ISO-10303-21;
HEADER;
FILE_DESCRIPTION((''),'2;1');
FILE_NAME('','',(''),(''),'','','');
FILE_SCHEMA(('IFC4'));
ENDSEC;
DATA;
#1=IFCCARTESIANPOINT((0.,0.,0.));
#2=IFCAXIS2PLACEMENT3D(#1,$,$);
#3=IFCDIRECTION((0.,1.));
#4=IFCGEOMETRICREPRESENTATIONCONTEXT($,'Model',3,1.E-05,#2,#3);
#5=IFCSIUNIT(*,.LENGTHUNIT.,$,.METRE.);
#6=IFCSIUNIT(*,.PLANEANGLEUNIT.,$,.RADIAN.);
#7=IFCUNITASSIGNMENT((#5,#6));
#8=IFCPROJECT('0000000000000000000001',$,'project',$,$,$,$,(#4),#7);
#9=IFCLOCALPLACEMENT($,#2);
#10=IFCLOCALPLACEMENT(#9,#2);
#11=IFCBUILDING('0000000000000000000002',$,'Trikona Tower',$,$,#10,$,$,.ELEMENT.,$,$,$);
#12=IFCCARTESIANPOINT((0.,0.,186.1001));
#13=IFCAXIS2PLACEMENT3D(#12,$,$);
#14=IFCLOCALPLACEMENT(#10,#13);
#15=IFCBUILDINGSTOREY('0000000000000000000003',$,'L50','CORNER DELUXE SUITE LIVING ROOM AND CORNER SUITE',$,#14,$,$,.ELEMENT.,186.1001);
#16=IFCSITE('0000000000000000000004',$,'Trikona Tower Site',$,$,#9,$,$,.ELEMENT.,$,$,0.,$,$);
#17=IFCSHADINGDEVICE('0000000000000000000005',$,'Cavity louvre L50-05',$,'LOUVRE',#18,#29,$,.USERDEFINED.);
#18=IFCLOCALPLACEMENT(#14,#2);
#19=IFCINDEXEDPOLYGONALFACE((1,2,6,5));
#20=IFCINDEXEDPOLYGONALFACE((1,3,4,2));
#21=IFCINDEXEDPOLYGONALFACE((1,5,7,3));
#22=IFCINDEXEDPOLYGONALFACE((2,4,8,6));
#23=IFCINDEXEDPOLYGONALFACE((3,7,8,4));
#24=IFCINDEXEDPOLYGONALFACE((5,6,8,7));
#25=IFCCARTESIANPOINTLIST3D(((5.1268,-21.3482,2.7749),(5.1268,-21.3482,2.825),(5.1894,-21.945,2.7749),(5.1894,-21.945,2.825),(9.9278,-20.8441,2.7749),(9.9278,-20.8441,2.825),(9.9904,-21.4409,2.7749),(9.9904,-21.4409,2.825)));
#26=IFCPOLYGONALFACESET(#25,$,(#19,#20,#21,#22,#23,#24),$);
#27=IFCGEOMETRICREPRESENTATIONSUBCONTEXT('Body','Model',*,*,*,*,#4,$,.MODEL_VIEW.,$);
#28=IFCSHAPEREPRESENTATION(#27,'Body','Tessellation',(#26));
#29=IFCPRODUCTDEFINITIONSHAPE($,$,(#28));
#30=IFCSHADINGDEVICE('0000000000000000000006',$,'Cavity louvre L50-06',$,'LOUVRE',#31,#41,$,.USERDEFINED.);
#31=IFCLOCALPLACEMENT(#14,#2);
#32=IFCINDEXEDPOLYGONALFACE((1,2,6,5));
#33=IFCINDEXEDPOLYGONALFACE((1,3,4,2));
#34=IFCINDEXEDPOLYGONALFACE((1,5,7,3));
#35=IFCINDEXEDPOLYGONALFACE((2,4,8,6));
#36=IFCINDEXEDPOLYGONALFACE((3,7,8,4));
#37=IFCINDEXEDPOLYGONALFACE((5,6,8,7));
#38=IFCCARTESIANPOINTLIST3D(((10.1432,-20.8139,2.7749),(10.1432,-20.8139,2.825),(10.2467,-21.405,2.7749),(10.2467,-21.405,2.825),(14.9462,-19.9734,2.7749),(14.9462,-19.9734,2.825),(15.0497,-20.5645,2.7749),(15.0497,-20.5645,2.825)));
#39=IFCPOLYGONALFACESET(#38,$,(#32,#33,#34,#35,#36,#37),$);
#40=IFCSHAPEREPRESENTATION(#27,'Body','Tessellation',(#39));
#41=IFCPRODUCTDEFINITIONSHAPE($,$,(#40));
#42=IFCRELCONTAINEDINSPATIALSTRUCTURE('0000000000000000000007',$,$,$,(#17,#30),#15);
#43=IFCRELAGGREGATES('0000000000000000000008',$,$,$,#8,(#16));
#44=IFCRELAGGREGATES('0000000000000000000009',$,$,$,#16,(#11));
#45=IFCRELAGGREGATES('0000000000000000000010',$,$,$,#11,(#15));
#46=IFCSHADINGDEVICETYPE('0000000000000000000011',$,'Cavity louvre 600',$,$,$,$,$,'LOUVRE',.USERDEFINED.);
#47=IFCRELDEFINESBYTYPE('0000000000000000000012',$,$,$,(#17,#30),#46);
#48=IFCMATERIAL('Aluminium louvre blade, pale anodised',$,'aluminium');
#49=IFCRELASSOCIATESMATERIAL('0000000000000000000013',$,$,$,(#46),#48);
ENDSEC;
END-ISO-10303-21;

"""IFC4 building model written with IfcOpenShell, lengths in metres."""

from ifc_helpers import new_model, si_unit, direction, frame, origin, origin_2d, place, context, subcontext, project, spatial, rectangle, extrude, material, type_object, element, save


model = new_model("IFC4")

# Units and contexts
model_context = context("Model", 3, precision=1e-05, world=origin(), true_north=direction((0.0, 1.0)))
body_context = subcontext(model_context, "Body", "Model", "MODEL_VIEW")
ifc_project = project(units=[si_unit("LENGTHUNIT", "METRE"), si_unit("PLANEANGLEUNIT", "RADIAN")], contexts=[model_context])

# Site, building, storey
site_placement = place(None, origin())
site = spatial("IfcSite", under=ifc_project, at=site_placement, Name="Trikona Tower Site", CompositionType="ELEMENT", RefElevation=0.0)
building_placement = place(site_placement, origin())
building = spatial("IfcBuilding", under=site, at=building_placement, Name="Trikona Tower", CompositionType="ELEMENT")
storey_placement = place(building_placement, frame((0.0, 0.0, 186.1001)))
storey = spatial("IfcBuildingStorey", under=building, at=storey_placement, Name="L50", Description="CORNER DELUXE SUITE LIVING ROOM AND CORNER SUITE", CompositionType="ELEMENT", Elevation=186.1001)

# Shading devices
ifc_material_1 = material(Name="Aluminium louvre blade, pale anodised", Category="aluminium")
shading_device_type = type_object("IfcShadingDeviceType", Name="Cavity louvre 600", ElementType="LOUVRE", PredefinedType="USERDEFINED", material=ifc_material_1)
shading_device_1_placement = place(storey_placement, frame((7.5586, -21.3945, 2.7749), z_axis=(0.0, 0.0, 1.0), x_axis=(0.994533, 0.104426, 0.0)))
element("IfcShadingDevice", 1, at=shading_device_1_placement, inside=storey, type_object=shading_device_type, Name="Cavity louvre L50-05", ObjectType="LOUVRE", PredefinedType="USERDEFINED", context=body_context, shape_type="SweptSolid", body=[
    extrude(rectangle(XDim=4.8274, YDim=0.6001, at=origin_2d()), origin(), (0.0, 0.0, 1.0), 0.05),
])
shading_device_2_placement = place(storey_placement, frame((12.5964, -20.6892, 2.7749), z_axis=(0.0, 0.0, 1.0), x_axis=(0.985031, 0.17238, 0.0)))
element("IfcShadingDevice", 2, at=shading_device_2_placement, inside=storey, type_object=shading_device_type, Name="Cavity louvre L50-06", ObjectType="LOUVRE", PredefinedType="USERDEFINED", context=body_context, shape_type="SweptSolid", body=[
    extrude(rectangle(XDim=4.876, YDim=0.6001, at=origin_2d()), origin(), (0.0, 0.0, 1.0), 0.05),
])

save(model, "model.ifc")
